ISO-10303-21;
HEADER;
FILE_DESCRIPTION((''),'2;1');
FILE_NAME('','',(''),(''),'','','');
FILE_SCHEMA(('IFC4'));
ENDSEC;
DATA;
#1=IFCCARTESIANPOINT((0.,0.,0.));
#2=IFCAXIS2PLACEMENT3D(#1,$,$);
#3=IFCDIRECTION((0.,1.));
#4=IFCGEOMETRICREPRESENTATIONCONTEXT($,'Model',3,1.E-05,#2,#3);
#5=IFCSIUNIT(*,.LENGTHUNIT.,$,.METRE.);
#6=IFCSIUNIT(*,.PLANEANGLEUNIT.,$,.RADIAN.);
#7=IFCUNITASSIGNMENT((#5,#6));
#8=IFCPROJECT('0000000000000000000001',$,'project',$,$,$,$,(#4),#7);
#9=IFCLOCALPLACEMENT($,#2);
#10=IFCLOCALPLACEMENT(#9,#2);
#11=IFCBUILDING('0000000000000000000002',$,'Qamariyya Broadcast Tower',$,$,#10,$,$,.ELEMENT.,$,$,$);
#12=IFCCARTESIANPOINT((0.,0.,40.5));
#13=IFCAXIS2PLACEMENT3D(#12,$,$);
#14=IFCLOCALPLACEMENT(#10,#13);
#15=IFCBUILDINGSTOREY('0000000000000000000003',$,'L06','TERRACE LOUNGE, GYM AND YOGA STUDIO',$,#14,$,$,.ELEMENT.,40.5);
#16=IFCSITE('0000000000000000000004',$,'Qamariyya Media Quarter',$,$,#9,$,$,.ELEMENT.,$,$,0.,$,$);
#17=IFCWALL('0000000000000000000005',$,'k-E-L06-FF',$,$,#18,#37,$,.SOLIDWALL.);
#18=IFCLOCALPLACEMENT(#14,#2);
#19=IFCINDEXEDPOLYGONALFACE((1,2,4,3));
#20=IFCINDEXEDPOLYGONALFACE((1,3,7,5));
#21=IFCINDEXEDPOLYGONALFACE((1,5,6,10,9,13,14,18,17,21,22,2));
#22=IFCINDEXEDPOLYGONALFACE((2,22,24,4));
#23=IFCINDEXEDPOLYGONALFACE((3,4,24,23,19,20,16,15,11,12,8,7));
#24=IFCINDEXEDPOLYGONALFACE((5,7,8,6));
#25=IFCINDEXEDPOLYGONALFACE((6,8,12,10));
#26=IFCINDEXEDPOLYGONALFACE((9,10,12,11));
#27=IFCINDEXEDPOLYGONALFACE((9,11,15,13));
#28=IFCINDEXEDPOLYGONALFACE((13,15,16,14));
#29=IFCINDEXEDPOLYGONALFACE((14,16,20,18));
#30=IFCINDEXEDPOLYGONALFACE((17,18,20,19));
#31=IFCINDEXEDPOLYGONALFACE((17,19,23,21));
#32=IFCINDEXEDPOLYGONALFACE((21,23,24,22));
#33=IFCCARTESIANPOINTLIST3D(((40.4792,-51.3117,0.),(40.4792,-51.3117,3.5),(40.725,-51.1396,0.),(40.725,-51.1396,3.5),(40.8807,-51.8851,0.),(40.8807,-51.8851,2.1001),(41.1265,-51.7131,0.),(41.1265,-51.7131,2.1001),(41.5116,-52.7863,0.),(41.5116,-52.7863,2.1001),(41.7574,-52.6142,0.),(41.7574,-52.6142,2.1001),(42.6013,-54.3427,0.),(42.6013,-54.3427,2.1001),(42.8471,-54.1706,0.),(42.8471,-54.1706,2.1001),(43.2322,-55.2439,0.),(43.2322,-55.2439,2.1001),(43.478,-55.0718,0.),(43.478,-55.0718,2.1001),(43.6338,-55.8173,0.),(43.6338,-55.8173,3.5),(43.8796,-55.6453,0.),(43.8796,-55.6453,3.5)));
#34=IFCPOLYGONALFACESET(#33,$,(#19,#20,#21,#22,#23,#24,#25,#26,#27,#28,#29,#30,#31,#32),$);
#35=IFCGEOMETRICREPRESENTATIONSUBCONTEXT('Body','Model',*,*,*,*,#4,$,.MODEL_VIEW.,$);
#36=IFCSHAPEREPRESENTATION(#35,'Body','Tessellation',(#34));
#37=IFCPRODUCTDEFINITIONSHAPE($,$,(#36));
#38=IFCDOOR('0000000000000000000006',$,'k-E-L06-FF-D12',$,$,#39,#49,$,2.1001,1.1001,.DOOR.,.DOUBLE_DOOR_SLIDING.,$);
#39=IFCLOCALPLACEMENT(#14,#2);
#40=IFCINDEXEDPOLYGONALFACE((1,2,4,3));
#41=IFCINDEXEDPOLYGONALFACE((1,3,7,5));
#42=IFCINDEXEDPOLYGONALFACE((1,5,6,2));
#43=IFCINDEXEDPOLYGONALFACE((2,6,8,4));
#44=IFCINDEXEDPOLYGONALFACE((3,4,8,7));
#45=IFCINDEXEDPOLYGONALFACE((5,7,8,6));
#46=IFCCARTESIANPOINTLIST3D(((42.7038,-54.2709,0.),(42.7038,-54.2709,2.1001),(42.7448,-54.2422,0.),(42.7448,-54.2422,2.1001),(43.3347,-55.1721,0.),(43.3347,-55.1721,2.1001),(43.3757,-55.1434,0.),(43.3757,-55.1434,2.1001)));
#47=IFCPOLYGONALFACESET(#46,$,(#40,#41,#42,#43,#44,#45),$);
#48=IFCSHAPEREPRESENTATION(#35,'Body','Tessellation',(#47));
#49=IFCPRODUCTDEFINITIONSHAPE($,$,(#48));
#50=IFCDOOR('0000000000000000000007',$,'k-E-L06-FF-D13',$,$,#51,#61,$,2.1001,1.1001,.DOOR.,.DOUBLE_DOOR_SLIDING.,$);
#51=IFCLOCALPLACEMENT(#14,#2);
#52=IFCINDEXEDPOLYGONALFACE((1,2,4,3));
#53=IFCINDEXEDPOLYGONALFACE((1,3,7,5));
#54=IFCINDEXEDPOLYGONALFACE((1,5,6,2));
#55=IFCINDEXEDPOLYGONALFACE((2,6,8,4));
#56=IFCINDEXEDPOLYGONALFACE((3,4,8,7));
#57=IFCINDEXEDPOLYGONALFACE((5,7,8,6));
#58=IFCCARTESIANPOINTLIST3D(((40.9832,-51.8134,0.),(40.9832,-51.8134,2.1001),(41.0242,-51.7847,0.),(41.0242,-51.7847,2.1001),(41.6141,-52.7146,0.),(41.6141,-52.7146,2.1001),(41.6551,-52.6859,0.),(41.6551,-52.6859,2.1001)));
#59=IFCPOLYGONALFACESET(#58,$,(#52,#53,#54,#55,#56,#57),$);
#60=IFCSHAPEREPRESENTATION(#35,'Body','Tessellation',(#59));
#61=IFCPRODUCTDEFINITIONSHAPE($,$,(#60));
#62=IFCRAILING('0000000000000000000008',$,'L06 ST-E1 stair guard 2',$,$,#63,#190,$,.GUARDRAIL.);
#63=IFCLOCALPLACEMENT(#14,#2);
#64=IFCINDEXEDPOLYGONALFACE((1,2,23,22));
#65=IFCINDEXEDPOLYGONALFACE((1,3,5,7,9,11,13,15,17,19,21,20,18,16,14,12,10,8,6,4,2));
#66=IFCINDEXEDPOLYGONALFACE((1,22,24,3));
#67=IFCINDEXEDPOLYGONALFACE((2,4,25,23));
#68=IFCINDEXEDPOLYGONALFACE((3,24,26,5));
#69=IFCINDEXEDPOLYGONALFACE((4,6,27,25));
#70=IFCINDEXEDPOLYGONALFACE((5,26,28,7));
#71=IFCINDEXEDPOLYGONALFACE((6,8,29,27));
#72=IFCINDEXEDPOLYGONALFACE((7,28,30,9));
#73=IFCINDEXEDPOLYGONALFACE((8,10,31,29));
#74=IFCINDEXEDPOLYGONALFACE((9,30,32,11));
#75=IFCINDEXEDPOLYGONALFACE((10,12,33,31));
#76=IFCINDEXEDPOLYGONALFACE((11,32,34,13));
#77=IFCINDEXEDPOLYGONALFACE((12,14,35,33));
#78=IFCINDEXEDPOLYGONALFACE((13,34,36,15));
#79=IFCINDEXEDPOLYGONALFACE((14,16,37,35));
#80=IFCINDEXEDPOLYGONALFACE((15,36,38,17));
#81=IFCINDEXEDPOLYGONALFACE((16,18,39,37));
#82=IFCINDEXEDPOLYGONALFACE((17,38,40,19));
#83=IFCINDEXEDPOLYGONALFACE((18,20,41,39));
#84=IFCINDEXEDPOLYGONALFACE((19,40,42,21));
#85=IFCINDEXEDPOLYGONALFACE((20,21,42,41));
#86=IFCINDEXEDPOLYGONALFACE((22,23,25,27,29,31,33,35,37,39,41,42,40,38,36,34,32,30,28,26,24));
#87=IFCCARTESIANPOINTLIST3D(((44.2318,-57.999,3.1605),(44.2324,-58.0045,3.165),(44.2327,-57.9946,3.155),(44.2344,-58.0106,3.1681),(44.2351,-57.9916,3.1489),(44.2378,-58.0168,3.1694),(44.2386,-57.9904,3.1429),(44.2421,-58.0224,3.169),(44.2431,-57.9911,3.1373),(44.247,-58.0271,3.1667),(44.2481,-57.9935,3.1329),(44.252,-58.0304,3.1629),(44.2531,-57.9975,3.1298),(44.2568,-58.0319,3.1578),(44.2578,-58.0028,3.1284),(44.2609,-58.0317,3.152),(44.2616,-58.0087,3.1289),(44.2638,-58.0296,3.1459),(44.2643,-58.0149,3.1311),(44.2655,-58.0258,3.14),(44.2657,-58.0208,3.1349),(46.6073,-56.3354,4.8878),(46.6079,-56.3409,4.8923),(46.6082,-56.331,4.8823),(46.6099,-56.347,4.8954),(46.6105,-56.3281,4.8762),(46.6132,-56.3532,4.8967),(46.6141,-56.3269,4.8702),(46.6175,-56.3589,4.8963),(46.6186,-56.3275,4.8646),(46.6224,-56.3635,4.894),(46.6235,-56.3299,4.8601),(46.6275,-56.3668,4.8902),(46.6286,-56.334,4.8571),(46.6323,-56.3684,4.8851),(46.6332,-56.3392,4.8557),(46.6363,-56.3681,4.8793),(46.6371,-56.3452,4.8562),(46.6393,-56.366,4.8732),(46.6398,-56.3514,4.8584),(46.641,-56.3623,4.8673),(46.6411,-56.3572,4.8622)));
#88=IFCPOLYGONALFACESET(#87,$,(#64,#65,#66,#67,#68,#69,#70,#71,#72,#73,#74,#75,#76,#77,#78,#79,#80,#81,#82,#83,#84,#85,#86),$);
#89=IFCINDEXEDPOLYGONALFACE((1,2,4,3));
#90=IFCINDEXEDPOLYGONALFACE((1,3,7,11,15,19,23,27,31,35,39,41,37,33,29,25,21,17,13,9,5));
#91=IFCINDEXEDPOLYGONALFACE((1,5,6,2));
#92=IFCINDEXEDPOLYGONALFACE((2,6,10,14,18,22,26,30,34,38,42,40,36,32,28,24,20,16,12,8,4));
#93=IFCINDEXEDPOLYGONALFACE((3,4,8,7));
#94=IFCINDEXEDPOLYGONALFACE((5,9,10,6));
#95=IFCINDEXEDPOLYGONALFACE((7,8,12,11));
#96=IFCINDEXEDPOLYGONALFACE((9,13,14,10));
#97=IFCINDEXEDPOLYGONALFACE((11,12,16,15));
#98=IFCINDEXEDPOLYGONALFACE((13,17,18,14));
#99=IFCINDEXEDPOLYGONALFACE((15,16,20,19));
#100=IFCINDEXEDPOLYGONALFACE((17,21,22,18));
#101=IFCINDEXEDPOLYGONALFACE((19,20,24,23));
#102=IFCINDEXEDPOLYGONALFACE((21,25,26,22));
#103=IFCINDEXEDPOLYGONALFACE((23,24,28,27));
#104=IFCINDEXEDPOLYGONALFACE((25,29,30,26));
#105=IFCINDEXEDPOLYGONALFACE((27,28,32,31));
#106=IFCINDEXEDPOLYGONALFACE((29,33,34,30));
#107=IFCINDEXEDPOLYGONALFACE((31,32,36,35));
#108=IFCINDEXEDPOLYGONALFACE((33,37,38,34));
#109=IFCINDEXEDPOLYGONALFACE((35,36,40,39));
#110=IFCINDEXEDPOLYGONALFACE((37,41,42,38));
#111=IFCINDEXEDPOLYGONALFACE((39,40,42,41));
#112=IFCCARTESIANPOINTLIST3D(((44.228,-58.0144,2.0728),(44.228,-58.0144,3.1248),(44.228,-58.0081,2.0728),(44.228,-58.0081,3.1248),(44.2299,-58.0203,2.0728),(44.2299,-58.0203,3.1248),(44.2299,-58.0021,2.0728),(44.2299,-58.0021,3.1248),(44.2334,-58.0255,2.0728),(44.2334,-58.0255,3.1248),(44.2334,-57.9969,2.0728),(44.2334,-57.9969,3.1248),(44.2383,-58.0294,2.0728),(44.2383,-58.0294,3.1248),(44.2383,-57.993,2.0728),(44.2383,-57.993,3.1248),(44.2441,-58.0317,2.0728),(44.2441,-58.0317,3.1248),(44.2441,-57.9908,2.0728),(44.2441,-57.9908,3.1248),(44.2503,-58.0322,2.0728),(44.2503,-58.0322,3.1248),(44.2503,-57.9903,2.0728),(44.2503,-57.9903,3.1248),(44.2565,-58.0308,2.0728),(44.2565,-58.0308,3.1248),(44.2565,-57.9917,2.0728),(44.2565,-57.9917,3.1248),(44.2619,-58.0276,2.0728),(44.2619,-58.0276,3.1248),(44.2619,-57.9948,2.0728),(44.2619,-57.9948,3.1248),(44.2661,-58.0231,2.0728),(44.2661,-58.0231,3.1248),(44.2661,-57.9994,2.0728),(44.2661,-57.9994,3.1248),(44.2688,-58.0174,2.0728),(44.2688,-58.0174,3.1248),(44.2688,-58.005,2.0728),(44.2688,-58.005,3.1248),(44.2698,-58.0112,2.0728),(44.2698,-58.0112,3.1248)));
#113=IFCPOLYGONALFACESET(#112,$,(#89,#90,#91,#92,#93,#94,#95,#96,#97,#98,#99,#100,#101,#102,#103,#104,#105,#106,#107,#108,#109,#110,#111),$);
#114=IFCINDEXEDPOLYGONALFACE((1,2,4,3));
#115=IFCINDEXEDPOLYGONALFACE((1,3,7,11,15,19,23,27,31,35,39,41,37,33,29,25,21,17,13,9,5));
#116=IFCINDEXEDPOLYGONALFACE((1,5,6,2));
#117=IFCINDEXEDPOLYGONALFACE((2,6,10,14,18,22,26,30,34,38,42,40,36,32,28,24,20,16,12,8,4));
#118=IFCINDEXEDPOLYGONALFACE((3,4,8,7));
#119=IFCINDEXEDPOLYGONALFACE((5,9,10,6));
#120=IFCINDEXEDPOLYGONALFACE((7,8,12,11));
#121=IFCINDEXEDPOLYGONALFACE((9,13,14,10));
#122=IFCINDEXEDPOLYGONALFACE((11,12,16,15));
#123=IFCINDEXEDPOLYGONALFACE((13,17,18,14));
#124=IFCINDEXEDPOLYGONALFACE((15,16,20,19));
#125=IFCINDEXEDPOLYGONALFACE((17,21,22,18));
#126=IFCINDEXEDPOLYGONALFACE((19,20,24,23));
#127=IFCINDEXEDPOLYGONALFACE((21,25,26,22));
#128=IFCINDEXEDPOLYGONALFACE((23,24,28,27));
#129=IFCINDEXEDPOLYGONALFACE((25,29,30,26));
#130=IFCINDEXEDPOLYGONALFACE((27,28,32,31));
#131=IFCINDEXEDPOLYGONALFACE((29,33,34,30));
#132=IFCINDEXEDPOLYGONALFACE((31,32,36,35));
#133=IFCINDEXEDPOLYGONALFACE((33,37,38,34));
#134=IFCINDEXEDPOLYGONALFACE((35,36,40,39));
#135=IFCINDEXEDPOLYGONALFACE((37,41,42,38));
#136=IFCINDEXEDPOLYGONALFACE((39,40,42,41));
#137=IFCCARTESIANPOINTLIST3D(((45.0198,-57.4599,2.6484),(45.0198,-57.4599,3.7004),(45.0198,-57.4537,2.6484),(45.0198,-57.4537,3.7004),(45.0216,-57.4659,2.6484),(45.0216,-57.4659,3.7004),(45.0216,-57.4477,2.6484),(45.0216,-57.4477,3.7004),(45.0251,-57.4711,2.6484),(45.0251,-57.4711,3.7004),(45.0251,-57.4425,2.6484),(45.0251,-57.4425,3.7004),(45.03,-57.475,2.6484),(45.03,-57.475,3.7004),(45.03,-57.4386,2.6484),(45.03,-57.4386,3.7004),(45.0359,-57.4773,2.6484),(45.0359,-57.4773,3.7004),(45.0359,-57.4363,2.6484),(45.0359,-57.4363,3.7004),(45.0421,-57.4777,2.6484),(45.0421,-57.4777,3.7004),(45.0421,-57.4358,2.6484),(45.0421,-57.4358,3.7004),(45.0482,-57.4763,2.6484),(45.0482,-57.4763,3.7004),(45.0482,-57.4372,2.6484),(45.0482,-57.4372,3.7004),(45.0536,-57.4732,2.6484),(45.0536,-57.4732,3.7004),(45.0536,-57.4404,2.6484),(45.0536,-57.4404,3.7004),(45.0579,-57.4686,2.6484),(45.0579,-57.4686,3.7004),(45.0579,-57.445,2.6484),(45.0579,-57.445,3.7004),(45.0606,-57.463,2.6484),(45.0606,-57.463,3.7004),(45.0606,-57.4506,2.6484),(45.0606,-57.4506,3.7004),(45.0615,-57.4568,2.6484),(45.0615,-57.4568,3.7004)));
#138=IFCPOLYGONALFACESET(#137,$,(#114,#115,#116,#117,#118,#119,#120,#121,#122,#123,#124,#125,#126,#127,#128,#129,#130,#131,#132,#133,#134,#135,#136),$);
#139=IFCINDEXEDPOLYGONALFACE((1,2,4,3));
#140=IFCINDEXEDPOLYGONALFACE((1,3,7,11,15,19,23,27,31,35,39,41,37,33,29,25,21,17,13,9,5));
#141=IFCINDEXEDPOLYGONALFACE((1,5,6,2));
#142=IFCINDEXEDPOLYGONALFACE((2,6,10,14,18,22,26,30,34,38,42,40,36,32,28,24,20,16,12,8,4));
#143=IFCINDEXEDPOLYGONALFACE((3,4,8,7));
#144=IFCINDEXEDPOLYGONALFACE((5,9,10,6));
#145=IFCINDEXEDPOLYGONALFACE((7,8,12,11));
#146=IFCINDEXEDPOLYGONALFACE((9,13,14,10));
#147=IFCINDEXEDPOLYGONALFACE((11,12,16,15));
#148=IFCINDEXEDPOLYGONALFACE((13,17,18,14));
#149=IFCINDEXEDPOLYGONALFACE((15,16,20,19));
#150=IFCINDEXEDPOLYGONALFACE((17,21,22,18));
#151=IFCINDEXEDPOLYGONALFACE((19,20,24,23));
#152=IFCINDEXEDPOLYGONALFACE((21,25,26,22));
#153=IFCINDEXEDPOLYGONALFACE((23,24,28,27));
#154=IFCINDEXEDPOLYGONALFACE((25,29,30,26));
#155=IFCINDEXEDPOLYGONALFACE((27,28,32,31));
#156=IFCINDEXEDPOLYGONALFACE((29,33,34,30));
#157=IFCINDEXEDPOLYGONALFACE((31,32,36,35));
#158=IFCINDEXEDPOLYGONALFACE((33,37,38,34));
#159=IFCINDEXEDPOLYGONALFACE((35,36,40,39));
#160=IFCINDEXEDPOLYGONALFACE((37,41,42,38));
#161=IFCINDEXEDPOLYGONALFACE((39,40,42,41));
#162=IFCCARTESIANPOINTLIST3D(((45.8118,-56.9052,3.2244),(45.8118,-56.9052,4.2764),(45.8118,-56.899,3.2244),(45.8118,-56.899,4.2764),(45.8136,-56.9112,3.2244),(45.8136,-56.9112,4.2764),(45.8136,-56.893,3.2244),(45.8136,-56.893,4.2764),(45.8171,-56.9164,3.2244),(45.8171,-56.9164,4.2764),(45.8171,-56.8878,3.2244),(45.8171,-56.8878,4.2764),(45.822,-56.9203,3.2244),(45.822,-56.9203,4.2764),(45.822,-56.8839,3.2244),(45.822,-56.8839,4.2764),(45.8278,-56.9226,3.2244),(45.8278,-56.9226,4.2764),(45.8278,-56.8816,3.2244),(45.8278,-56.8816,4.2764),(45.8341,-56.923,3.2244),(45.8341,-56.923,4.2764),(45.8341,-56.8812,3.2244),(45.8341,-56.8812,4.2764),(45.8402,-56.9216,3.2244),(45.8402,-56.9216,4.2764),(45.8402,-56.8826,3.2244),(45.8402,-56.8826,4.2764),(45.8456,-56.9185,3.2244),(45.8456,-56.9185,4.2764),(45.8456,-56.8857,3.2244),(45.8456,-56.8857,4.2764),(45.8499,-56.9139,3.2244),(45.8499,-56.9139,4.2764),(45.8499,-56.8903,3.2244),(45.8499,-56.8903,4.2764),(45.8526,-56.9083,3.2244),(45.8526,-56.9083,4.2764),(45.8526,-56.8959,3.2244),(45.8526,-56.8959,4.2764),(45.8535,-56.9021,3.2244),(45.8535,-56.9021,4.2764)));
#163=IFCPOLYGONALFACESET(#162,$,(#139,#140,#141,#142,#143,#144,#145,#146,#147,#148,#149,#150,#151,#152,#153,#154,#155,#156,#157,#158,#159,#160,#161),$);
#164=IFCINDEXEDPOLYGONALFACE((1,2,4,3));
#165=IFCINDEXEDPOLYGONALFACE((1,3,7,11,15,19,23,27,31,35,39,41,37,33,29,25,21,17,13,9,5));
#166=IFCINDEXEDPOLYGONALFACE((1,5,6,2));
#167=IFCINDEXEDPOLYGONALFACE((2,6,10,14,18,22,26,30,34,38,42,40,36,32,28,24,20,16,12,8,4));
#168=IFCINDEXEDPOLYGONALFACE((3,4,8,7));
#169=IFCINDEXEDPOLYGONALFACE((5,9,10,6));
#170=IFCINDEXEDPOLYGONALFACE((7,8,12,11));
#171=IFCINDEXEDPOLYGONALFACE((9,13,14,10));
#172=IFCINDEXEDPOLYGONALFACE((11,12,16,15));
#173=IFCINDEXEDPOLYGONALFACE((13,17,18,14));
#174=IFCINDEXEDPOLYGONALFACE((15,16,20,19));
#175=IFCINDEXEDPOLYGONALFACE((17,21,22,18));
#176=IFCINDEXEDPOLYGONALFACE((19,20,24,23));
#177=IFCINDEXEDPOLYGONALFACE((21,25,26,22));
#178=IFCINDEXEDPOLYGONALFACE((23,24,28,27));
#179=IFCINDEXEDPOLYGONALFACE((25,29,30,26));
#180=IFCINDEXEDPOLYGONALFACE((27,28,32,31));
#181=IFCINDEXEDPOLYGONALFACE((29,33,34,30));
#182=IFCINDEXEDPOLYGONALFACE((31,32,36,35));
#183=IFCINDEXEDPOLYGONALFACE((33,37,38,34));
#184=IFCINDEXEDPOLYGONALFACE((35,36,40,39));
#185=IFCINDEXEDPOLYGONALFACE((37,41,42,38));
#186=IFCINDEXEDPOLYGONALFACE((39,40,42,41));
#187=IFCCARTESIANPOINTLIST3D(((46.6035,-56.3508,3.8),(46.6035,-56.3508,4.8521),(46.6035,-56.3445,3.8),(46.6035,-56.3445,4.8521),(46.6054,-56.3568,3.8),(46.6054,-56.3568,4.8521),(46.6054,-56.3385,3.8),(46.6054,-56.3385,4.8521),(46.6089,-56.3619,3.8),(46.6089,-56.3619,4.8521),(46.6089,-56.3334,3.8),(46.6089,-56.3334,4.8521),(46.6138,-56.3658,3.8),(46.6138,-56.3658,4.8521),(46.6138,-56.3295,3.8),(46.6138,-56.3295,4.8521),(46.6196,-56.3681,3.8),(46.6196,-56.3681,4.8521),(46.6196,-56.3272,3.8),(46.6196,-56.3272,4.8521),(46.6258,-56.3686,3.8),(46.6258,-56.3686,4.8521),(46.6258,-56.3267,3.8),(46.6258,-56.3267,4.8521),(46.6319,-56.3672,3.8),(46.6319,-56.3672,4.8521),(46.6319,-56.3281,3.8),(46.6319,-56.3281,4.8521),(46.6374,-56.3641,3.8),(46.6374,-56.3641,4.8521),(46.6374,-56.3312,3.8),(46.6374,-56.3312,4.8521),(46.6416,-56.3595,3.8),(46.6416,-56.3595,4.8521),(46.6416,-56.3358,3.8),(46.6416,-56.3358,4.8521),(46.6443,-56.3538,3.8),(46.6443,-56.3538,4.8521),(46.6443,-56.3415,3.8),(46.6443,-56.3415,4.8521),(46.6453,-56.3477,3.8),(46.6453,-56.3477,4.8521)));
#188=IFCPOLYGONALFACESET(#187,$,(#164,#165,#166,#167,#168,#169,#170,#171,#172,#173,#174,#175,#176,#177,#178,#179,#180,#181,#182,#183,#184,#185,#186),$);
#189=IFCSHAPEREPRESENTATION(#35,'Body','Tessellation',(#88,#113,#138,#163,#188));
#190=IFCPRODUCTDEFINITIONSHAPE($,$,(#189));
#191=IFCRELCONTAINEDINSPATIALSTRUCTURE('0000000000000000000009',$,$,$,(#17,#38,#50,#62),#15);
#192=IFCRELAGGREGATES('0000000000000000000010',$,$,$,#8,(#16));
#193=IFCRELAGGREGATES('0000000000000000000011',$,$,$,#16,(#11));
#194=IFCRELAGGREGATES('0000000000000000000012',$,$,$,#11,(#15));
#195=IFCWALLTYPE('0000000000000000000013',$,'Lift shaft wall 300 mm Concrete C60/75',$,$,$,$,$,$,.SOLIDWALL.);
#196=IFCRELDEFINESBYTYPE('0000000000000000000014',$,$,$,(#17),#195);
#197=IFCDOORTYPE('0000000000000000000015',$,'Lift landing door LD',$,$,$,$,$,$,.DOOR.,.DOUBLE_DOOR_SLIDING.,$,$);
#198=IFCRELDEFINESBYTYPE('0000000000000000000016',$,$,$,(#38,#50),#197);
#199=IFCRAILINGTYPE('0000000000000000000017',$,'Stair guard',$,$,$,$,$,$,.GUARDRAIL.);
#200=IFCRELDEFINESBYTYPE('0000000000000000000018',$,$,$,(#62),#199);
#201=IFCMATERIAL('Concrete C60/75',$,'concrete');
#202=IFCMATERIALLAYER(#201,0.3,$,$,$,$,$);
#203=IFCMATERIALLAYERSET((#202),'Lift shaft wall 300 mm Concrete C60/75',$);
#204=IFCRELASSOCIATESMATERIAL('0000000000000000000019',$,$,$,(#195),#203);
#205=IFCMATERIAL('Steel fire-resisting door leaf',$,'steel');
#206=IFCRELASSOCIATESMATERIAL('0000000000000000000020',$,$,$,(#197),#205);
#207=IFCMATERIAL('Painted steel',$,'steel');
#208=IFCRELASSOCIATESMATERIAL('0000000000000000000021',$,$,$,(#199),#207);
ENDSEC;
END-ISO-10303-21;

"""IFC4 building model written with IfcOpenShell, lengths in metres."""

from ifc_helpers import new_model, si_unit, direction, frame, frame_2d, origin, origin_2d, place, context, subcontext, project, spatial, rectangle, circle, extrude, material, layer, layer_set, type_object, element, fill, save


model = new_model("IFC4")

# Units and contexts
model_context = context("Model", 3, precision=1e-05, world=origin(), true_north=direction((0.0, 1.0)))
body_context = subcontext(model_context, "Body", "Model", "MODEL_VIEW")
ifc_project = project(units=[si_unit("LENGTHUNIT", "METRE"), si_unit("PLANEANGLEUNIT", "RADIAN")], contexts=[model_context])

# Site, building, storey
site_placement = place(None, origin())
site = spatial("IfcSite", under=ifc_project, at=site_placement, Name="Qamariyya Media Quarter", CompositionType="ELEMENT", RefElevation=0.0)
building_placement = place(site_placement, origin())
building = spatial("IfcBuilding", under=site, at=building_placement, Name="Qamariyya Broadcast Tower", CompositionType="ELEMENT")
storey_placement = place(building_placement, frame((0.0, 0.0, 40.5)))
storey = spatial("IfcBuildingStorey", under=building, at=storey_placement, Name="L06", Description="TERRACE LOUNGE, GYM AND YOGA STUDIO", CompositionType="ELEMENT", Elevation=40.5)

# Shared definitions
ifc_material_1 = material(Name="Steel fire-resisting door leaf", Category="steel")

# Wall, openings, doors
ifc_material_2 = material(Name="Concrete C60/75", Category="concrete")
ifc_layer_1 = layer(ifc_material_2, 0.3)
ifc_layer_set_1 = layer_set([ifc_layer_1], Name="Lift shaft wall 300 mm Concrete C60/75")
wall_type_1 = type_object("IfcWallType", Name="Lift shaft wall 300 mm Concrete C60/75", PredefinedType="SOLIDWALL", material=ifc_layer_set_1)
wall_1_placement = place(storey_placement, frame((43.7566, -55.7312, 0.0), z_axis=(0.0, 0.0, 1.0), x_axis=(-0.573537, 0.81918, 0.0)))
wall_1 = element("IfcWall", 1, at=wall_1_placement, inside=storey, type_object=wall_type_1, Name="k-E-L06-FF", PredefinedType="SOLIDWALL", context=body_context, shape_type="SweptSolid", body=[
    extrude(rectangle(XDim=5.5002, YDim=0.3, at=frame_2d((2.75, 0.0))), origin(), (0.0, 0.0, 1.0), 3.5),
])
opening_1_placement = place(wall_1_placement, frame((0.7, 0.0, 0.0)))
opening_1 = element("IfcOpeningElement", 2, at=opening_1_placement, cuts=wall_1, PredefinedType="OPENING", context=body_context, shape_type="SweptSolid", body=[
    extrude(rectangle(XDim=1.1001, YDim=2.1001, at=frame_2d((0.55, 1.05))), frame((0.0, 0.1599, 0.0), z_axis=(0.0, -1.0, 0.0), x_axis=(1.0, 0.0, 0.0)), (0.0, 0.0, 1.0), 0.3201),
])
opening_2_placement = place(wall_1_placement, frame((3.7, 0.0, 0.0)))
opening_2 = element("IfcOpeningElement", 3, at=opening_2_placement, cuts=wall_1, PredefinedType="OPENING", context=body_context, shape_type="SweptSolid", body=[
    extrude(rectangle(XDim=1.1001, YDim=2.1001, at=frame_2d((0.55, 1.05))), frame((0.0, 0.1599, 0.0), z_axis=(0.0, -1.0, 0.0), x_axis=(1.0, 0.0, 0.0)), (0.0, 0.0, 1.0), 0.3201),
])
door_type_1 = type_object("IfcDoorType", Name="Lift landing door LD", OperationType="DOUBLE_DOOR_SLIDING", PredefinedType="DOOR", material=ifc_material_1)
door_1_placement = place(opening_1_placement, origin())
door_1 = element("IfcDoor", 4, at=door_1_placement, inside=storey, type_object=door_type_1, Name="k-E-L06-FF-D12", OperationType="DOUBLE_DOOR_SLIDING", OverallHeight=2.1001, OverallWidth=1.1001, PredefinedType="DOOR", context=body_context, shape_type="SweptSolid", body=[
    extrude(rectangle(XDim=1.1001, YDim=2.1001, at=frame_2d((0.55, 1.05))), frame((0.0, 0.0249, 0.0), z_axis=(0.0, -1.0, 0.0), x_axis=(1.0, 0.0, 0.0)), (0.0, 0.0, 1.0), 0.05),
])
fill(opening_1, door_1)
door_2_placement = place(opening_2_placement, origin())
door_2 = element("IfcDoor", 5, at=door_2_placement, inside=storey, type_object=door_type_1, Name="k-E-L06-FF-D13", OperationType="DOUBLE_DOOR_SLIDING", OverallHeight=2.1001, OverallWidth=1.1001, PredefinedType="DOOR", context=body_context, shape_type="SweptSolid", body=[
    extrude(rectangle(XDim=1.1001, YDim=2.1001, at=frame_2d((0.55, 1.05))), frame((0.0, 0.0249, 0.0), z_axis=(0.0, -1.0, 0.0), x_axis=(1.0, 0.0, 0.0)), (0.0, 0.0, 1.0), 0.05),
])
fill(opening_2, door_2)

# Railing
ifc_material_3 = material(Name="Painted steel", Category="steel")
railing_type_1 = type_object("IfcRailingType", Name="Stair guard", PredefinedType="GUARDRAIL", material=ifc_material_3)
railing_1_placement = place(storey_placement, frame((44.2488, -58.0112, 2.0728)))
element("IfcRailing", 6, at=railing_1_placement, inside=storey, type_object=railing_type_1, Name="L06 ST-E1 stair guard 2", PredefinedType="GUARDRAIL", context=body_context, shape_type="SweptSolid", body=[
    extrude(circle(Radius=0.0239, at=origin_2d()), frame((0.0, 0.0, 1.0762), z_axis=(0.703745, 0.492838, 0.511716), x_axis=(-0.573632, 0.819113, 0.0)), (0.0, 0.0, 1.0), 3.3755),
    extrude(circle(Radius=0.021, at=origin_2d()), origin(), (0.0, 0.0, 1.0), 1.052),
    extrude(circle(Radius=0.021, at=origin_2d()), frame((0.7917, 0.5544, 0.5757)), (0.0, 0.0, 1.0), 1.052),
    extrude(circle(Radius=0.021, at=origin_2d()), frame((1.5837, 1.1091, 1.1516)), (0.0, 0.0, 1.0), 1.052),
    extrude(circle(Radius=0.021, at=origin_2d()), frame((2.3755, 1.6636, 1.7273)), (0.0, 0.0, 1.0), 1.052),
])

save(model, "model.ifc")
